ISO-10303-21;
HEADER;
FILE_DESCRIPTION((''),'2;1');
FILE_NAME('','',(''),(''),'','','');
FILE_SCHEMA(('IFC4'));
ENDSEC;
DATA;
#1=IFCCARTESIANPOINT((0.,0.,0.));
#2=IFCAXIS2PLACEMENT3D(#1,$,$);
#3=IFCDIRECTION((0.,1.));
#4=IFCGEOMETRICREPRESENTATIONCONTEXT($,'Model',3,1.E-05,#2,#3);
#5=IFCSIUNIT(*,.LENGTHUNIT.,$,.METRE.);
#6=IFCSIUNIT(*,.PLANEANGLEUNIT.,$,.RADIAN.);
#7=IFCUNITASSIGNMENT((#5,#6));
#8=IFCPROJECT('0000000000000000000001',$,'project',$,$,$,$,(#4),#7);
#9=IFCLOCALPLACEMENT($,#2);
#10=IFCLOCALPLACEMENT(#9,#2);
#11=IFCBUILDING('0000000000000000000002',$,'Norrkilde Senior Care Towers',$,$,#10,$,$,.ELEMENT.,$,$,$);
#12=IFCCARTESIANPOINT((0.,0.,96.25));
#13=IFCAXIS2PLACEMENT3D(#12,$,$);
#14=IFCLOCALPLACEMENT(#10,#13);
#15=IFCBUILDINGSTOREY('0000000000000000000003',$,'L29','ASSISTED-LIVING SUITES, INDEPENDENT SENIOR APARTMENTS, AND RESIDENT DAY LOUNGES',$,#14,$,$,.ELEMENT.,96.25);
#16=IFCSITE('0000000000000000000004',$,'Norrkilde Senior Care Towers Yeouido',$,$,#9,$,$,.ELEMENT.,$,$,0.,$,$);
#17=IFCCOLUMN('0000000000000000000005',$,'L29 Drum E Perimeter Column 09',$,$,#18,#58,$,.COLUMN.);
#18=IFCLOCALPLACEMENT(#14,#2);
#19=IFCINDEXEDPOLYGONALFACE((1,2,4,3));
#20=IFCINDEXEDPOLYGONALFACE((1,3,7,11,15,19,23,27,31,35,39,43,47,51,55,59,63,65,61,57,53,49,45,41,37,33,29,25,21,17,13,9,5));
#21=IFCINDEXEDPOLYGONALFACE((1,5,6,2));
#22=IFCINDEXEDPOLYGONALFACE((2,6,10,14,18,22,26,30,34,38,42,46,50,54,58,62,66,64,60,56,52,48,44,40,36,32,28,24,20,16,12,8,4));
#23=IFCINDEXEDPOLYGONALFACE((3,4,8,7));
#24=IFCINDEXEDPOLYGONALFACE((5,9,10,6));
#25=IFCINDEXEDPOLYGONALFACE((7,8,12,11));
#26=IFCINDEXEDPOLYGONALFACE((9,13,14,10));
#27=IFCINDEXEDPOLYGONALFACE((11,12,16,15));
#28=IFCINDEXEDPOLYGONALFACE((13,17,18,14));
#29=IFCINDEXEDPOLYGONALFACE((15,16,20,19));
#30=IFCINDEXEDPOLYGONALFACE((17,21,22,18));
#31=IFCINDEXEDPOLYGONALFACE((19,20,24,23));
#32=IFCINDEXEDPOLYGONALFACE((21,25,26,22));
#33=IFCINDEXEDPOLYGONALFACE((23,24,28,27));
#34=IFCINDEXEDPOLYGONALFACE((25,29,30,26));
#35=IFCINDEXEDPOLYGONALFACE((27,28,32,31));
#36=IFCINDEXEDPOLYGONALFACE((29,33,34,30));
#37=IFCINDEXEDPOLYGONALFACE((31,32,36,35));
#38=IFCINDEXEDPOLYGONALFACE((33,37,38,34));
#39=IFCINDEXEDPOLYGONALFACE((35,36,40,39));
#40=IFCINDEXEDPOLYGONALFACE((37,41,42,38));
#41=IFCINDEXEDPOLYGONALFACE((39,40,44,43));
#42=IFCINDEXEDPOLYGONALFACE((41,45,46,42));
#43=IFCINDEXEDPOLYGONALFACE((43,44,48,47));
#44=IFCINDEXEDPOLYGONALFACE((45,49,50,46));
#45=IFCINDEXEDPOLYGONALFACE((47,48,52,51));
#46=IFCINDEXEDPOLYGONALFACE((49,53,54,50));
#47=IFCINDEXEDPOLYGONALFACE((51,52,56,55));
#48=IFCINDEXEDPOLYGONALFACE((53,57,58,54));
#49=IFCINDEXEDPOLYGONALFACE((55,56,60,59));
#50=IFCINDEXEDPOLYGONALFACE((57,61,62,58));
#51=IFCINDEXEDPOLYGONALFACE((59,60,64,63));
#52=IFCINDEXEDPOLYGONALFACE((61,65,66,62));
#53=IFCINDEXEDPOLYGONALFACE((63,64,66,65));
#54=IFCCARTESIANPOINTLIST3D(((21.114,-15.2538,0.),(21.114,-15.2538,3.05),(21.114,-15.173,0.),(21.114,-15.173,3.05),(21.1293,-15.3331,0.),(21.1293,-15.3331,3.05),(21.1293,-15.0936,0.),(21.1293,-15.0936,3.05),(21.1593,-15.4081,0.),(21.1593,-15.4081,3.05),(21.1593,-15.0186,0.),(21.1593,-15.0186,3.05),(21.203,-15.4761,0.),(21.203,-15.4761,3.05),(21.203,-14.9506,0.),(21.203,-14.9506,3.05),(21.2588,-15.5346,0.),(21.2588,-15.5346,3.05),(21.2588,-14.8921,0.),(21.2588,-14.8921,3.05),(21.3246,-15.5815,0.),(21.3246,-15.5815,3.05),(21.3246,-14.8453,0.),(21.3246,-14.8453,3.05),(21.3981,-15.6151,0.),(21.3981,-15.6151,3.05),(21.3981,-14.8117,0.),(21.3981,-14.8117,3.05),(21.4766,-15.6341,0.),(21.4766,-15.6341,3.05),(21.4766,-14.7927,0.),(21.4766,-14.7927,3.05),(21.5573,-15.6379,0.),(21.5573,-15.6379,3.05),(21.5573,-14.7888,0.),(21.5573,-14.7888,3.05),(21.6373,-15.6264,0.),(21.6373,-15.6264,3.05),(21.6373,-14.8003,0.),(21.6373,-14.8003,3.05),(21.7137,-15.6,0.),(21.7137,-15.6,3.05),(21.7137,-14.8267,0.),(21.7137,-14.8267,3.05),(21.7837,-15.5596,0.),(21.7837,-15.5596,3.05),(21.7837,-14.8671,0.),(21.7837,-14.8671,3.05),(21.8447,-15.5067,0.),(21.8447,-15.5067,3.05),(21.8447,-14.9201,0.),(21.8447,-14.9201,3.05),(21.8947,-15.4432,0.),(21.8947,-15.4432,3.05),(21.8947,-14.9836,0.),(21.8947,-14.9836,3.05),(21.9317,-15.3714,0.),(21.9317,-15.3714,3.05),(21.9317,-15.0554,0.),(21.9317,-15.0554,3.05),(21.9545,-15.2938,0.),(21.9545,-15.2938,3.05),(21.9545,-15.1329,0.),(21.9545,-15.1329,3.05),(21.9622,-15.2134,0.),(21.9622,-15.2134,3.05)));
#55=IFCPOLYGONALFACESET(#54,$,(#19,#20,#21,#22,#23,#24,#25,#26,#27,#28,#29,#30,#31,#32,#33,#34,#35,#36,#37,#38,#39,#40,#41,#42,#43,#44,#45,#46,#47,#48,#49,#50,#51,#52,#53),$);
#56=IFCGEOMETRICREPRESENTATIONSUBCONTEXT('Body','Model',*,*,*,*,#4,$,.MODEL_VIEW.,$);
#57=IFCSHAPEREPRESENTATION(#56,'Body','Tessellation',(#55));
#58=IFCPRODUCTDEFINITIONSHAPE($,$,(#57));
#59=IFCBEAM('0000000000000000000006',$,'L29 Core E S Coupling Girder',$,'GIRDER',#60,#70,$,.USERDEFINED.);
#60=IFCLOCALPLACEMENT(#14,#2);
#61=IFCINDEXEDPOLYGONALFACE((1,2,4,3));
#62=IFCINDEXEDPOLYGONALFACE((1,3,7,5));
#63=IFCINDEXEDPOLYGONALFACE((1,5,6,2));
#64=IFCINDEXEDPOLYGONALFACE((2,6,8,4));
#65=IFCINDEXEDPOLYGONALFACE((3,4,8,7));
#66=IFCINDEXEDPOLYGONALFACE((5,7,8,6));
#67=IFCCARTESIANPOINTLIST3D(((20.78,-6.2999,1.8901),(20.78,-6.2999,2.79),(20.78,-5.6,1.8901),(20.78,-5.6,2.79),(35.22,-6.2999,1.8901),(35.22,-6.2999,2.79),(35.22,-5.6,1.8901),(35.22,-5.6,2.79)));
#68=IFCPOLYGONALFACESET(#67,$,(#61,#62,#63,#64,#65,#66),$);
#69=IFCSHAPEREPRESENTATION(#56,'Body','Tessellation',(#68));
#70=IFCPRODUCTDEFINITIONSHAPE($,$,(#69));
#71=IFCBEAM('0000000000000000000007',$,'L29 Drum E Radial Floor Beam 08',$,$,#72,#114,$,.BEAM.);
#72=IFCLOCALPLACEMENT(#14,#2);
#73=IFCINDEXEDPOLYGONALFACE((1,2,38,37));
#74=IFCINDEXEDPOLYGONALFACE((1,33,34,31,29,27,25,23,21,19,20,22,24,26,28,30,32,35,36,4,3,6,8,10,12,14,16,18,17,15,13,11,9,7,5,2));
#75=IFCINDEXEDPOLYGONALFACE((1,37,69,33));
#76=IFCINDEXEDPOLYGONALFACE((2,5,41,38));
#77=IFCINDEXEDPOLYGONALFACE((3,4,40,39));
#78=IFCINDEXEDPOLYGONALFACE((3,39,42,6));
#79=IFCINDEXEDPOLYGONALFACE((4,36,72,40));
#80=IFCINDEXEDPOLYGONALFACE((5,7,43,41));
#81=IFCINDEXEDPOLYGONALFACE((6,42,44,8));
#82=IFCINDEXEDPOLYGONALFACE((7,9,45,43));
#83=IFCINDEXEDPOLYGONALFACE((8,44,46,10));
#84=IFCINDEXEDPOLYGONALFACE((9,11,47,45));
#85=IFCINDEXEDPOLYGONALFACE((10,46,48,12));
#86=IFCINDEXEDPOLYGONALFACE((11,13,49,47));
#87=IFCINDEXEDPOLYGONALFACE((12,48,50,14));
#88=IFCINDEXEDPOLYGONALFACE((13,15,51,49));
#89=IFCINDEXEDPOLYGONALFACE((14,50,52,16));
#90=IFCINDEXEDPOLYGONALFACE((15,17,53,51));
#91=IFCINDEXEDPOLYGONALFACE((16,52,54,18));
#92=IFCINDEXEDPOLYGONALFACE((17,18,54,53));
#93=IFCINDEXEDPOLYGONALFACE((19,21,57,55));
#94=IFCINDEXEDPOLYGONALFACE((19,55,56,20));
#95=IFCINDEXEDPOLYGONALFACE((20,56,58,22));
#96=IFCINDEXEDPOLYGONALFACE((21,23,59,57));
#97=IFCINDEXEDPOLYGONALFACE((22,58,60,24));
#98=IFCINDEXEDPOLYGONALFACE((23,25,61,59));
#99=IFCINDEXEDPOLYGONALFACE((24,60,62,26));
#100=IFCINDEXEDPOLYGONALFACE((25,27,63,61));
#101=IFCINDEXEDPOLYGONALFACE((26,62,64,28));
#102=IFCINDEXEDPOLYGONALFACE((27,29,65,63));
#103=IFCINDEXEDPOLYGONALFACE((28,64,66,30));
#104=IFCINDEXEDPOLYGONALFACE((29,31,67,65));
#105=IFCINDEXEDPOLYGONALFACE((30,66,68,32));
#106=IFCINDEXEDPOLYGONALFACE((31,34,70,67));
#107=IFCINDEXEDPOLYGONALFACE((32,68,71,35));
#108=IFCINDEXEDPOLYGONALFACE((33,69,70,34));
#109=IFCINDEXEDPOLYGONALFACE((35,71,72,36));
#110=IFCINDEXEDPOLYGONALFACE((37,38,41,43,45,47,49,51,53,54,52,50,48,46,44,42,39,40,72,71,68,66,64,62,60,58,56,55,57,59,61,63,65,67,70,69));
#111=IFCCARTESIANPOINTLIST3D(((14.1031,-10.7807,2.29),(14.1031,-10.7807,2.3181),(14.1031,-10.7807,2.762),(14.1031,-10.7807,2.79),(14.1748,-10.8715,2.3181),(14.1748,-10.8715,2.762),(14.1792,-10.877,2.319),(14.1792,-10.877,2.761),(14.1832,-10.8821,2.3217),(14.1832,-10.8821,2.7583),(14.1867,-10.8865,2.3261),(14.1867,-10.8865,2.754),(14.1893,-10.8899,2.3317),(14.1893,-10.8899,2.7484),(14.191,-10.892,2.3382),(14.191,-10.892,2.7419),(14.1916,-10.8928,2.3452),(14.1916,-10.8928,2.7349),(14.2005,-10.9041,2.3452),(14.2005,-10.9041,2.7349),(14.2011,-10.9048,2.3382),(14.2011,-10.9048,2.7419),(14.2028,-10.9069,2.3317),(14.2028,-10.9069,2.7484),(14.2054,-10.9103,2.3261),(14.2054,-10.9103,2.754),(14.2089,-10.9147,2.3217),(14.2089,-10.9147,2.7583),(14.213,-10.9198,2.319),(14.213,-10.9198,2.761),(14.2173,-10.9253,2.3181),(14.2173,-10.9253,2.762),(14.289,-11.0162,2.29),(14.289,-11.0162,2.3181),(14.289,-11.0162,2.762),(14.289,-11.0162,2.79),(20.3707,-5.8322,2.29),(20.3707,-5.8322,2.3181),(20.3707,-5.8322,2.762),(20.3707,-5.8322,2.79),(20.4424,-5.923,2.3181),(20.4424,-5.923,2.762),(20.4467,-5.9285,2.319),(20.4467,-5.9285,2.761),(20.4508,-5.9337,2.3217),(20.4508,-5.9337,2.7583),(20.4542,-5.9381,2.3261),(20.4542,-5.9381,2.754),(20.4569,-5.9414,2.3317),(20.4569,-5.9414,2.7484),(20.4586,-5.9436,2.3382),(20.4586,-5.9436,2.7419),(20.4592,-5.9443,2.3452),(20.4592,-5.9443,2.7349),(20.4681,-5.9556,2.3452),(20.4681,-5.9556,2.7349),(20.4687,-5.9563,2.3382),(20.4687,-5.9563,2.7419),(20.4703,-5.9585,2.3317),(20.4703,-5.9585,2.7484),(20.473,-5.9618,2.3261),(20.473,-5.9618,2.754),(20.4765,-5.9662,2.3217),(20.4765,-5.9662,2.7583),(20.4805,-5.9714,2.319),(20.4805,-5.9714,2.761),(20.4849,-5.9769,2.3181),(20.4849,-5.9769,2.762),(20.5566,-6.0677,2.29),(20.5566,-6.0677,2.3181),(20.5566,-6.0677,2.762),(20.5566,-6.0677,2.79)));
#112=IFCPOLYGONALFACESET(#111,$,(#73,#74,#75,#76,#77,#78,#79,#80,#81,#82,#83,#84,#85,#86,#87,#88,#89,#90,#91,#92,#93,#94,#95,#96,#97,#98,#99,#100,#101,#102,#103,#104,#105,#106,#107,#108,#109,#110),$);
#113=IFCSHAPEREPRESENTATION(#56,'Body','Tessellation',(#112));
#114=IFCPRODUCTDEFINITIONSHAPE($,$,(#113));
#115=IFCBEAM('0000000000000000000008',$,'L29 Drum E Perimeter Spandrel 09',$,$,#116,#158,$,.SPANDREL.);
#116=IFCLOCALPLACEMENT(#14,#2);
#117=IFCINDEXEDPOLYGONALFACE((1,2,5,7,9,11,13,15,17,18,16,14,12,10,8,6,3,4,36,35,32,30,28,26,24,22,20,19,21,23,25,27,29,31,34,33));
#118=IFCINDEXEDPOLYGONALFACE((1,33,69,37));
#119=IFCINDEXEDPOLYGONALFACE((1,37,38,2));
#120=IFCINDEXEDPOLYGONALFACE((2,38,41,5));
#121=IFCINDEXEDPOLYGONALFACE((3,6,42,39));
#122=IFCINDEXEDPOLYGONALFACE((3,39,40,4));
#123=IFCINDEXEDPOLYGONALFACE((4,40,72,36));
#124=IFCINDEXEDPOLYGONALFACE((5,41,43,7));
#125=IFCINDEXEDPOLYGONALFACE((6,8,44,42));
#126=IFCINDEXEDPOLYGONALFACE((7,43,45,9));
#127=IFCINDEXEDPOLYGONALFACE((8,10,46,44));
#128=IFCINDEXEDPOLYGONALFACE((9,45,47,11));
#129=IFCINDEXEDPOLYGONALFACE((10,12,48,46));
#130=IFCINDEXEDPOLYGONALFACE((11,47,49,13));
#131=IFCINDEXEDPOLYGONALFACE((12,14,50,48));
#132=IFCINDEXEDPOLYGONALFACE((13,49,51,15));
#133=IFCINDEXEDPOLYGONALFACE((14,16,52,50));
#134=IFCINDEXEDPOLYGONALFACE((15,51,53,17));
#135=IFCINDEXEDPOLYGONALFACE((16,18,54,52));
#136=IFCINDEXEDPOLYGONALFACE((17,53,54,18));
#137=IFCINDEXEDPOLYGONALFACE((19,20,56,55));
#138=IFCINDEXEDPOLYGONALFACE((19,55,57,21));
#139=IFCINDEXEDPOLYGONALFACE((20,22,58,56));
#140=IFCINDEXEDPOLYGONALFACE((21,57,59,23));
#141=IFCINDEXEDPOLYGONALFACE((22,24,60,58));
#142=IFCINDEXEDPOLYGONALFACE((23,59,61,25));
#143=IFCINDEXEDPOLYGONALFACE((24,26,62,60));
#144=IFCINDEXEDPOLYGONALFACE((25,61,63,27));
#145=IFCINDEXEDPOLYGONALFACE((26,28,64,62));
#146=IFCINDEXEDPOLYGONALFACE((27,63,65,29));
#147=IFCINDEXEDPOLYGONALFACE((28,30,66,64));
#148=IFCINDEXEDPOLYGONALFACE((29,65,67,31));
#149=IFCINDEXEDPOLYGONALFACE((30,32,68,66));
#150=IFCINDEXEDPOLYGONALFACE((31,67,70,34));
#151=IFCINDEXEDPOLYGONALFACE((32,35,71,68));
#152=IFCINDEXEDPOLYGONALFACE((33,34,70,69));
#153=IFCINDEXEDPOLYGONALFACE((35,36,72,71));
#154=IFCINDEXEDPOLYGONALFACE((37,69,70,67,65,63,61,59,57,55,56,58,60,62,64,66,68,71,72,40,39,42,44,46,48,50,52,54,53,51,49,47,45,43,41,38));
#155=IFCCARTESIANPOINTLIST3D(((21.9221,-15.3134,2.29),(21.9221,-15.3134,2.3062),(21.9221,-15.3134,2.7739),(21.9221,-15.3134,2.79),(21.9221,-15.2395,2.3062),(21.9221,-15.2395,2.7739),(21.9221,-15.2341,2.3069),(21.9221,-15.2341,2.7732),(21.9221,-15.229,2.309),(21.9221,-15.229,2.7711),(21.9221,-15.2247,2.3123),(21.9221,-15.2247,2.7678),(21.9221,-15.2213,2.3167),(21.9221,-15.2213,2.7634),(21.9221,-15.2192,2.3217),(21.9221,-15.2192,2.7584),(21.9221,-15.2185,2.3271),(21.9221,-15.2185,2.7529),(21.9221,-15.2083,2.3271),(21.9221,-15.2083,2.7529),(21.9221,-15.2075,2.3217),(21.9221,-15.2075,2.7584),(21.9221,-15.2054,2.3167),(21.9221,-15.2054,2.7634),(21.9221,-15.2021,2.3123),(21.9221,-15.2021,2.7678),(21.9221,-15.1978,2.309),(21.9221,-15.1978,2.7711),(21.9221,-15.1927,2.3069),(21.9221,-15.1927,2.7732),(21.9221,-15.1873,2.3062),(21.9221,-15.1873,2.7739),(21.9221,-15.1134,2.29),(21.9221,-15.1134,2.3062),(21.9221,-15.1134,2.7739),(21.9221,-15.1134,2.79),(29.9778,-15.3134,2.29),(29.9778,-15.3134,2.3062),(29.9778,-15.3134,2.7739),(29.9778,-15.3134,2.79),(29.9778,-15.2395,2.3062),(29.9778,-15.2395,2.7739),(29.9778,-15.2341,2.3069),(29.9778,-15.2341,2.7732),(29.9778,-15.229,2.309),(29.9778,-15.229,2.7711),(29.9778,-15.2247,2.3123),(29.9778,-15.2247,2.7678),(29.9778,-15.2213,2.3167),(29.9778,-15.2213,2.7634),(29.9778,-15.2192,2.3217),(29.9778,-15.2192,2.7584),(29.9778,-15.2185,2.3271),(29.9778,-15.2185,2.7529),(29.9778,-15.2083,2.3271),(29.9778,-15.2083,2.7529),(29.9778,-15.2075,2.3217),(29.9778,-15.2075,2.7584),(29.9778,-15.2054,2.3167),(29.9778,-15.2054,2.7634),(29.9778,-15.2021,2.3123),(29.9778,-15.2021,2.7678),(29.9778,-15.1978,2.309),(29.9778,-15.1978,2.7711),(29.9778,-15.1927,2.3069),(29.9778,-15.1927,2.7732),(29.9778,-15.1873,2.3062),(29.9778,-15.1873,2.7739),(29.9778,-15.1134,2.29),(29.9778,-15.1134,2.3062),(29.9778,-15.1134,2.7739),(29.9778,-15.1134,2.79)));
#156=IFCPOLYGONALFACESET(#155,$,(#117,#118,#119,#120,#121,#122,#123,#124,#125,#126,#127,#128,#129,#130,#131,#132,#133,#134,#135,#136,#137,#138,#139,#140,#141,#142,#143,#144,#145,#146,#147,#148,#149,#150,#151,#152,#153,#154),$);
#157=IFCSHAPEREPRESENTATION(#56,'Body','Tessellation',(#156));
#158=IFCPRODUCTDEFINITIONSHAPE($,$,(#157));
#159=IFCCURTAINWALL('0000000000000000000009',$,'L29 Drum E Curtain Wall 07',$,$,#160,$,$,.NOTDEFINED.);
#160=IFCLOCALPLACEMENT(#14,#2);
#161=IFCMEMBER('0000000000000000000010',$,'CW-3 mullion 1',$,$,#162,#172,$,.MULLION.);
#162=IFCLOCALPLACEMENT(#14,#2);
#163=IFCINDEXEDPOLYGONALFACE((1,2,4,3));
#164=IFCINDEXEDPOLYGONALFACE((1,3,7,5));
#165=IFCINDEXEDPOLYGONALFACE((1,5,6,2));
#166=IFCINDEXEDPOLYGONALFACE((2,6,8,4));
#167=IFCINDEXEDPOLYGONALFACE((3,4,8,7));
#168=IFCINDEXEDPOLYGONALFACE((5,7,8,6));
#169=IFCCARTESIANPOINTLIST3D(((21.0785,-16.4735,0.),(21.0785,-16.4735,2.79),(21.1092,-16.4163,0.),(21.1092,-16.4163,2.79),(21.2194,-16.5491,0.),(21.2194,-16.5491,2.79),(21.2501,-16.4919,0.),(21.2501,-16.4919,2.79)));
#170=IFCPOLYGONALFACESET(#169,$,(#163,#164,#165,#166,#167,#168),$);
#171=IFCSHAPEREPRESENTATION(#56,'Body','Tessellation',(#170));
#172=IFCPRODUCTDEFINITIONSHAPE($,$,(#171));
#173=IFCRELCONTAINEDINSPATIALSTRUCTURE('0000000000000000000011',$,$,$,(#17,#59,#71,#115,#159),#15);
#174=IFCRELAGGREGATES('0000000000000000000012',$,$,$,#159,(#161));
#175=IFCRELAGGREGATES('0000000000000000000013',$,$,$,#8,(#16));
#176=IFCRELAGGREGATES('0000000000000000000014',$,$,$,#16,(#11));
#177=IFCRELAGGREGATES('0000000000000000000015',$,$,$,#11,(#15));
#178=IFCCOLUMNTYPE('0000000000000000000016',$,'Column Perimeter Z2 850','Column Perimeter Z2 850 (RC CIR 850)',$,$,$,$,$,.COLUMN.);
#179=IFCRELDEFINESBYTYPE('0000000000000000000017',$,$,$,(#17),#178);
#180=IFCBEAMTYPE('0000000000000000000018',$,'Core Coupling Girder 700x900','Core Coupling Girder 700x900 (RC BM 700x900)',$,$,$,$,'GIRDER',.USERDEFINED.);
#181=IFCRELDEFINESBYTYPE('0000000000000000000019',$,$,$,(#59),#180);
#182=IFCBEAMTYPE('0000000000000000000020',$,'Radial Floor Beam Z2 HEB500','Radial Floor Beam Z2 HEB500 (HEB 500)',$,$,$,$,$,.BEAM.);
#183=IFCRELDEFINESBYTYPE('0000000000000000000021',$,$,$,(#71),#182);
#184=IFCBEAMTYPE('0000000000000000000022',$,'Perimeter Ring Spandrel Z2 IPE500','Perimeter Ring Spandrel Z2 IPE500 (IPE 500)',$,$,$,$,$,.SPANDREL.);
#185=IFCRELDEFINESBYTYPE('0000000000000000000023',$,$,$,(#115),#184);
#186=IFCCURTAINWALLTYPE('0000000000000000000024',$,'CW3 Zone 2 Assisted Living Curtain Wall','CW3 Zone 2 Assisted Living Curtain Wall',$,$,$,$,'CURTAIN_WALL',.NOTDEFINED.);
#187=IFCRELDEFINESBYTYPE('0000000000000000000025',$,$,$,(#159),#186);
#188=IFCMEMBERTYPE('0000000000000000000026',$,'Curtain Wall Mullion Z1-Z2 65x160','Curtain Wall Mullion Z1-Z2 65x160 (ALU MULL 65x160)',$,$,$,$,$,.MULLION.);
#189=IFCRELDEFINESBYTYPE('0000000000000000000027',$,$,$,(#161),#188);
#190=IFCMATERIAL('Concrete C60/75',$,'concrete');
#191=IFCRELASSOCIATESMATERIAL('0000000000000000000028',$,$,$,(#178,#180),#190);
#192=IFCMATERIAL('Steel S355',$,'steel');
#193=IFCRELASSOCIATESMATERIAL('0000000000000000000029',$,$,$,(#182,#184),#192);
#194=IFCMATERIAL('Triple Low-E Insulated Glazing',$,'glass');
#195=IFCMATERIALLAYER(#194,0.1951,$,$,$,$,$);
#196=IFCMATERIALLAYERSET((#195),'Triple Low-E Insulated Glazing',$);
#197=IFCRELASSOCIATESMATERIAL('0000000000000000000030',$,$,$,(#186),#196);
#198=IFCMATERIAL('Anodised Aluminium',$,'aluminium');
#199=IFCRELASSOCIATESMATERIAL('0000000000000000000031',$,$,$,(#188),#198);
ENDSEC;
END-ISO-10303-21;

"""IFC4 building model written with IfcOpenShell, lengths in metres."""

from ifc_helpers import new_model, si_unit, direction, frame, origin, origin_2d, place, context, subcontext, project, spatial, rectangle, circle, i_section, extrude, source, transform, mapped, material, layer, layer_set, material_profile, profile_set, type_object, type_shapes, element, aggregate, save


model = new_model("IFC4")

# Units and contexts
model_context = context("Model", 3, precision=1e-05, world=origin(), true_north=direction((0.0, 1.0)))
body_context = subcontext(model_context, "Body", "Model", "MODEL_VIEW")
ifc_project = project(units=[si_unit("LENGTHUNIT", "METRE"), si_unit("PLANEANGLEUNIT", "RADIAN")], contexts=[model_context])

# Site, building, storey
site_placement = place(None, origin())
site = spatial("IfcSite", under=ifc_project, at=site_placement, Name="Norrkilde Senior Care Towers Yeouido", CompositionType="ELEMENT", RefElevation=0.0)
building_placement = place(site_placement, origin())
building = spatial("IfcBuilding", under=site, at=building_placement, Name="Norrkilde Senior Care Towers", CompositionType="ELEMENT")
storey_placement = place(building_placement, frame((0.0, 0.0, 96.25)))
storey = spatial("IfcBuildingStorey", under=building, at=storey_placement, Name="L29", Description="ASSISTED-LIVING SUITES, INDEPENDENT SENIOR APARTMENTS, AND RESIDENT DAY LOUNGES", CompositionType="ELEMENT", Elevation=96.25)

# Column
ifc_material_1 = material(Name="Concrete C60/75", Category="concrete")
ifc_material_profile_1 = material_profile(ifc_material_1, circle(Radius=0.425, at=origin_2d()), Name="RC CIR 850")
ifc_profile_set_1 = profile_set([ifc_material_profile_1], Name="Concrete C60/75")
column_type = type_object("IfcColumnType", Name="Column Perimeter Z2 850", Description="Column Perimeter Z2 850 (RC CIR 850)", PredefinedType="COLUMN", material=ifc_profile_set_1)
shared_shape_1 = source(origin(), body_context, "Body", "SweptSolid", [
    extrude(circle(Radius=0.425, at=origin_2d()), origin(), (0.0, 0.0, 1.0), 3.05),
])
type_shapes(column_type, [shared_shape_1])
column_placement = place(storey_placement, frame((21.5371, -15.2134, 0.0), z_axis=(0.0, 0.0, 1.0), x_axis=(1.0, 0.0, 0.0)))
element("IfcColumn", 1, at=column_placement, inside=storey, type_object=column_type, Name="L29 Drum E Perimeter Column 09", PredefinedType="COLUMN", context=body_context, shape_type="MappedRepresentation", body=[
    mapped(shared_shape_1, transform((0.0, 0.0, 0.0), x_axis=(1.0, 0.0, 0.0), y_axis=(0.0, 1.0, 0.0), z_axis=(0.0, 0.0, 1.0), scale=1.0)),
])

# Beams
ifc_material_profile_2 = material_profile(ifc_material_1, rectangle(XDim=0.7, YDim=0.8999, at=origin_2d()), Name="RC BM 700x900")
ifc_profile_set_2 = profile_set([ifc_material_profile_2], Name="Concrete C60/75")
beam_type_1 = type_object("IfcBeamType", Name="Core Coupling Girder 700x900", Description="Core Coupling Girder 700x900 (RC BM 700x900)", ElementType="GIRDER", PredefinedType="USERDEFINED", material=ifc_profile_set_2)
shared_shape_2 = source(origin(), body_context, "Body", "SweptSolid", [
    extrude(rectangle(XDim=0.7, YDim=0.8999, at=origin_2d()), origin(), (0.0, 0.0, 1.0), 14.4399),
])
type_shapes(beam_type_1, [shared_shape_2])
beam_1_placement = place(storey_placement, frame((20.78, -5.95, 2.3401), z_axis=(1.0, 0.0, 0.0), x_axis=(0.0, 1.0, 0.0)))
element("IfcBeam", 2, at=beam_1_placement, inside=storey, type_object=beam_type_1, Name="L29 Core E S Coupling Girder", ObjectType="GIRDER", PredefinedType="USERDEFINED", context=body_context, shape_type="MappedRepresentation", body=[
    mapped(shared_shape_2, transform((0.0, 0.0, 0.0), x_axis=(1.0, 0.0, 0.0), y_axis=(0.0, 1.0, 0.0), z_axis=(0.0, 0.0, 1.0), scale=1.0)),
])
ifc_material_2 = material(Name="Steel S355", Category="steel")
ifc_material_profile_3 = material_profile(ifc_material_2, i_section(OverallWidth=0.3, OverallDepth=0.5, WebThickness=0.0144, FlangeThickness=0.0281, FilletRadius=0.0271, at=origin_2d()), Name="HEB 500")
ifc_profile_set_3 = profile_set([ifc_material_profile_3], Name="Steel S355")
beam_type_2 = type_object("IfcBeamType", Name="Radial Floor Beam Z2 HEB500", Description="Radial Floor Beam Z2 HEB500 (HEB 500)", PredefinedType="BEAM", material=ifc_profile_set_3)
shared_shape_3 = source(origin(), body_context, "Body", "SweptSolid", [
    extrude(i_section(OverallWidth=0.3, OverallDepth=0.5, WebThickness=0.0144, FlangeThickness=0.0281, FilletRadius=0.0271, at=origin_2d()), origin(), (0.0, 0.0, 1.0), 7.9856),
])
type_shapes(beam_type_2, [shared_shape_3])
beam_2_placement = place(storey_placement, frame((20.4636, -5.95, 2.54), z_axis=(-0.784859, -0.619675, 0.0), x_axis=(0.619675, -0.784859, 0.0)))
element("IfcBeam", 3, at=beam_2_placement, inside=storey, type_object=beam_type_2, Name="L29 Drum E Radial Floor Beam 08", PredefinedType="BEAM", context=body_context, shape_type="MappedRepresentation", body=[
    mapped(shared_shape_3, transform((0.0, 0.0, 0.0), x_axis=(1.0, 0.0, 0.0), y_axis=(0.0, 1.0, 0.0), z_axis=(0.0, 0.0, 1.0), scale=1.0)),
])
ifc_material_profile_4 = material_profile(ifc_material_2, i_section(OverallWidth=0.2, OverallDepth=0.5, WebThickness=0.0103, FlangeThickness=0.0161, FilletRadius=0.021, at=origin_2d()), Name="IPE 500")
ifc_profile_set_4 = profile_set([ifc_material_profile_4], Name="Steel S355")
beam_type_3 = type_object("IfcBeamType", Name="Perimeter Ring Spandrel Z2 IPE500", Description="Perimeter Ring Spandrel Z2 IPE500 (IPE 500)", PredefinedType="SPANDREL", material=ifc_profile_set_4)
shared_shape_4 = source(origin(), body_context, "Body", "SweptSolid", [
    extrude(i_section(OverallWidth=0.2, OverallDepth=0.5, WebThickness=0.0103, FlangeThickness=0.0161, FilletRadius=0.021, at=origin_2d()), origin(), (0.0, 0.0, 1.0), 8.0557),
])
type_shapes(beam_type_3, [shared_shape_4])
beam_3_placement = place(storey_placement, frame((21.9221, -15.2134, 2.54), z_axis=(1.0, 0.0, 0.0), x_axis=(0.0, 1.0, 0.0)))
element("IfcBeam", 4, at=beam_3_placement, inside=storey, type_object=beam_type_3, Name="L29 Drum E Perimeter Spandrel 09", PredefinedType="SPANDREL", context=body_context, shape_type="MappedRepresentation", body=[
    mapped(shared_shape_4, transform((0.0, 0.0, 0.0), x_axis=(1.0, 0.0, 0.0), y_axis=(0.0, 1.0, 0.0), z_axis=(0.0, 0.0, 1.0), scale=1.0)),
])

# Curtain wall, member
ifc_material_3 = material(Name="Triple Low-E Insulated Glazing", Category="glass")
ifc_layer_1 = layer(ifc_material_3, 0.1951)
ifc_layer_set_1 = layer_set([ifc_layer_1], Name="Triple Low-E Insulated Glazing")
curtain_wall_type = type_object("IfcCurtainWallType", Name="CW3 Zone 2 Assisted Living Curtain Wall", Description="CW3 Zone 2 Assisted Living Curtain Wall", ElementType="CURTAIN_WALL", PredefinedType="NOTDEFINED", material=ifc_layer_set_1)
curtain_wall_1_placement = place(storey_placement, origin())
curtain_wall_1 = element("IfcCurtainWall", 5, at=curtain_wall_1_placement, inside=storey, type_object=curtain_wall_type, Name="L29 Drum E Curtain Wall 07", PredefinedType="NOTDEFINED")
ifc_material_4 = material(Name="Anodised Aluminium", Category="aluminium")
ifc_material_profile_5 = material_profile(ifc_material_4, rectangle(XDim=0.0649, YDim=0.1599, at=origin_2d()), Name="ALU MULL 65x160")
ifc_profile_set_5 = profile_set([ifc_material_profile_5], Name="Anodised Aluminium")
member_type_1 = type_object("IfcMemberType", Name="Curtain Wall Mullion Z1-Z2 65x160", Description="Curtain Wall Mullion Z1-Z2 65x160 (ALU MULL 65x160)", PredefinedType="MULLION", material=ifc_profile_set_5)
shared_shape_5 = source(origin(), body_context, "Body", "SweptSolid", [
    extrude(rectangle(XDim=0.0649, YDim=0.1599, at=origin_2d()), origin(), (0.0, 0.0, 1.0), 2.79),
])
type_shapes(member_type_1, [shared_shape_5])
member_1_placement = place(storey_placement, frame((21.1643, -16.4827, 0.0), z_axis=(0.0, 0.0, 1.0), x_axis=(-0.472769, -0.881186, 0.0)))
member_1 = element("IfcMember", 6, at=member_1_placement, type_object=member_type_1, Name="CW-3 mullion 1", PredefinedType="MULLION", context=body_context, shape_type="MappedRepresentation", body=[
    mapped(shared_shape_5, transform((0.0, 0.0, 0.0), x_axis=(1.0, 0.0, 0.0), y_axis=(0.0, 1.0, 0.0), z_axis=(0.0, 0.0, 1.0), scale=1.0)),
])

aggregate(curtain_wall_1, [member_1])

save(model, "model.ifc")
